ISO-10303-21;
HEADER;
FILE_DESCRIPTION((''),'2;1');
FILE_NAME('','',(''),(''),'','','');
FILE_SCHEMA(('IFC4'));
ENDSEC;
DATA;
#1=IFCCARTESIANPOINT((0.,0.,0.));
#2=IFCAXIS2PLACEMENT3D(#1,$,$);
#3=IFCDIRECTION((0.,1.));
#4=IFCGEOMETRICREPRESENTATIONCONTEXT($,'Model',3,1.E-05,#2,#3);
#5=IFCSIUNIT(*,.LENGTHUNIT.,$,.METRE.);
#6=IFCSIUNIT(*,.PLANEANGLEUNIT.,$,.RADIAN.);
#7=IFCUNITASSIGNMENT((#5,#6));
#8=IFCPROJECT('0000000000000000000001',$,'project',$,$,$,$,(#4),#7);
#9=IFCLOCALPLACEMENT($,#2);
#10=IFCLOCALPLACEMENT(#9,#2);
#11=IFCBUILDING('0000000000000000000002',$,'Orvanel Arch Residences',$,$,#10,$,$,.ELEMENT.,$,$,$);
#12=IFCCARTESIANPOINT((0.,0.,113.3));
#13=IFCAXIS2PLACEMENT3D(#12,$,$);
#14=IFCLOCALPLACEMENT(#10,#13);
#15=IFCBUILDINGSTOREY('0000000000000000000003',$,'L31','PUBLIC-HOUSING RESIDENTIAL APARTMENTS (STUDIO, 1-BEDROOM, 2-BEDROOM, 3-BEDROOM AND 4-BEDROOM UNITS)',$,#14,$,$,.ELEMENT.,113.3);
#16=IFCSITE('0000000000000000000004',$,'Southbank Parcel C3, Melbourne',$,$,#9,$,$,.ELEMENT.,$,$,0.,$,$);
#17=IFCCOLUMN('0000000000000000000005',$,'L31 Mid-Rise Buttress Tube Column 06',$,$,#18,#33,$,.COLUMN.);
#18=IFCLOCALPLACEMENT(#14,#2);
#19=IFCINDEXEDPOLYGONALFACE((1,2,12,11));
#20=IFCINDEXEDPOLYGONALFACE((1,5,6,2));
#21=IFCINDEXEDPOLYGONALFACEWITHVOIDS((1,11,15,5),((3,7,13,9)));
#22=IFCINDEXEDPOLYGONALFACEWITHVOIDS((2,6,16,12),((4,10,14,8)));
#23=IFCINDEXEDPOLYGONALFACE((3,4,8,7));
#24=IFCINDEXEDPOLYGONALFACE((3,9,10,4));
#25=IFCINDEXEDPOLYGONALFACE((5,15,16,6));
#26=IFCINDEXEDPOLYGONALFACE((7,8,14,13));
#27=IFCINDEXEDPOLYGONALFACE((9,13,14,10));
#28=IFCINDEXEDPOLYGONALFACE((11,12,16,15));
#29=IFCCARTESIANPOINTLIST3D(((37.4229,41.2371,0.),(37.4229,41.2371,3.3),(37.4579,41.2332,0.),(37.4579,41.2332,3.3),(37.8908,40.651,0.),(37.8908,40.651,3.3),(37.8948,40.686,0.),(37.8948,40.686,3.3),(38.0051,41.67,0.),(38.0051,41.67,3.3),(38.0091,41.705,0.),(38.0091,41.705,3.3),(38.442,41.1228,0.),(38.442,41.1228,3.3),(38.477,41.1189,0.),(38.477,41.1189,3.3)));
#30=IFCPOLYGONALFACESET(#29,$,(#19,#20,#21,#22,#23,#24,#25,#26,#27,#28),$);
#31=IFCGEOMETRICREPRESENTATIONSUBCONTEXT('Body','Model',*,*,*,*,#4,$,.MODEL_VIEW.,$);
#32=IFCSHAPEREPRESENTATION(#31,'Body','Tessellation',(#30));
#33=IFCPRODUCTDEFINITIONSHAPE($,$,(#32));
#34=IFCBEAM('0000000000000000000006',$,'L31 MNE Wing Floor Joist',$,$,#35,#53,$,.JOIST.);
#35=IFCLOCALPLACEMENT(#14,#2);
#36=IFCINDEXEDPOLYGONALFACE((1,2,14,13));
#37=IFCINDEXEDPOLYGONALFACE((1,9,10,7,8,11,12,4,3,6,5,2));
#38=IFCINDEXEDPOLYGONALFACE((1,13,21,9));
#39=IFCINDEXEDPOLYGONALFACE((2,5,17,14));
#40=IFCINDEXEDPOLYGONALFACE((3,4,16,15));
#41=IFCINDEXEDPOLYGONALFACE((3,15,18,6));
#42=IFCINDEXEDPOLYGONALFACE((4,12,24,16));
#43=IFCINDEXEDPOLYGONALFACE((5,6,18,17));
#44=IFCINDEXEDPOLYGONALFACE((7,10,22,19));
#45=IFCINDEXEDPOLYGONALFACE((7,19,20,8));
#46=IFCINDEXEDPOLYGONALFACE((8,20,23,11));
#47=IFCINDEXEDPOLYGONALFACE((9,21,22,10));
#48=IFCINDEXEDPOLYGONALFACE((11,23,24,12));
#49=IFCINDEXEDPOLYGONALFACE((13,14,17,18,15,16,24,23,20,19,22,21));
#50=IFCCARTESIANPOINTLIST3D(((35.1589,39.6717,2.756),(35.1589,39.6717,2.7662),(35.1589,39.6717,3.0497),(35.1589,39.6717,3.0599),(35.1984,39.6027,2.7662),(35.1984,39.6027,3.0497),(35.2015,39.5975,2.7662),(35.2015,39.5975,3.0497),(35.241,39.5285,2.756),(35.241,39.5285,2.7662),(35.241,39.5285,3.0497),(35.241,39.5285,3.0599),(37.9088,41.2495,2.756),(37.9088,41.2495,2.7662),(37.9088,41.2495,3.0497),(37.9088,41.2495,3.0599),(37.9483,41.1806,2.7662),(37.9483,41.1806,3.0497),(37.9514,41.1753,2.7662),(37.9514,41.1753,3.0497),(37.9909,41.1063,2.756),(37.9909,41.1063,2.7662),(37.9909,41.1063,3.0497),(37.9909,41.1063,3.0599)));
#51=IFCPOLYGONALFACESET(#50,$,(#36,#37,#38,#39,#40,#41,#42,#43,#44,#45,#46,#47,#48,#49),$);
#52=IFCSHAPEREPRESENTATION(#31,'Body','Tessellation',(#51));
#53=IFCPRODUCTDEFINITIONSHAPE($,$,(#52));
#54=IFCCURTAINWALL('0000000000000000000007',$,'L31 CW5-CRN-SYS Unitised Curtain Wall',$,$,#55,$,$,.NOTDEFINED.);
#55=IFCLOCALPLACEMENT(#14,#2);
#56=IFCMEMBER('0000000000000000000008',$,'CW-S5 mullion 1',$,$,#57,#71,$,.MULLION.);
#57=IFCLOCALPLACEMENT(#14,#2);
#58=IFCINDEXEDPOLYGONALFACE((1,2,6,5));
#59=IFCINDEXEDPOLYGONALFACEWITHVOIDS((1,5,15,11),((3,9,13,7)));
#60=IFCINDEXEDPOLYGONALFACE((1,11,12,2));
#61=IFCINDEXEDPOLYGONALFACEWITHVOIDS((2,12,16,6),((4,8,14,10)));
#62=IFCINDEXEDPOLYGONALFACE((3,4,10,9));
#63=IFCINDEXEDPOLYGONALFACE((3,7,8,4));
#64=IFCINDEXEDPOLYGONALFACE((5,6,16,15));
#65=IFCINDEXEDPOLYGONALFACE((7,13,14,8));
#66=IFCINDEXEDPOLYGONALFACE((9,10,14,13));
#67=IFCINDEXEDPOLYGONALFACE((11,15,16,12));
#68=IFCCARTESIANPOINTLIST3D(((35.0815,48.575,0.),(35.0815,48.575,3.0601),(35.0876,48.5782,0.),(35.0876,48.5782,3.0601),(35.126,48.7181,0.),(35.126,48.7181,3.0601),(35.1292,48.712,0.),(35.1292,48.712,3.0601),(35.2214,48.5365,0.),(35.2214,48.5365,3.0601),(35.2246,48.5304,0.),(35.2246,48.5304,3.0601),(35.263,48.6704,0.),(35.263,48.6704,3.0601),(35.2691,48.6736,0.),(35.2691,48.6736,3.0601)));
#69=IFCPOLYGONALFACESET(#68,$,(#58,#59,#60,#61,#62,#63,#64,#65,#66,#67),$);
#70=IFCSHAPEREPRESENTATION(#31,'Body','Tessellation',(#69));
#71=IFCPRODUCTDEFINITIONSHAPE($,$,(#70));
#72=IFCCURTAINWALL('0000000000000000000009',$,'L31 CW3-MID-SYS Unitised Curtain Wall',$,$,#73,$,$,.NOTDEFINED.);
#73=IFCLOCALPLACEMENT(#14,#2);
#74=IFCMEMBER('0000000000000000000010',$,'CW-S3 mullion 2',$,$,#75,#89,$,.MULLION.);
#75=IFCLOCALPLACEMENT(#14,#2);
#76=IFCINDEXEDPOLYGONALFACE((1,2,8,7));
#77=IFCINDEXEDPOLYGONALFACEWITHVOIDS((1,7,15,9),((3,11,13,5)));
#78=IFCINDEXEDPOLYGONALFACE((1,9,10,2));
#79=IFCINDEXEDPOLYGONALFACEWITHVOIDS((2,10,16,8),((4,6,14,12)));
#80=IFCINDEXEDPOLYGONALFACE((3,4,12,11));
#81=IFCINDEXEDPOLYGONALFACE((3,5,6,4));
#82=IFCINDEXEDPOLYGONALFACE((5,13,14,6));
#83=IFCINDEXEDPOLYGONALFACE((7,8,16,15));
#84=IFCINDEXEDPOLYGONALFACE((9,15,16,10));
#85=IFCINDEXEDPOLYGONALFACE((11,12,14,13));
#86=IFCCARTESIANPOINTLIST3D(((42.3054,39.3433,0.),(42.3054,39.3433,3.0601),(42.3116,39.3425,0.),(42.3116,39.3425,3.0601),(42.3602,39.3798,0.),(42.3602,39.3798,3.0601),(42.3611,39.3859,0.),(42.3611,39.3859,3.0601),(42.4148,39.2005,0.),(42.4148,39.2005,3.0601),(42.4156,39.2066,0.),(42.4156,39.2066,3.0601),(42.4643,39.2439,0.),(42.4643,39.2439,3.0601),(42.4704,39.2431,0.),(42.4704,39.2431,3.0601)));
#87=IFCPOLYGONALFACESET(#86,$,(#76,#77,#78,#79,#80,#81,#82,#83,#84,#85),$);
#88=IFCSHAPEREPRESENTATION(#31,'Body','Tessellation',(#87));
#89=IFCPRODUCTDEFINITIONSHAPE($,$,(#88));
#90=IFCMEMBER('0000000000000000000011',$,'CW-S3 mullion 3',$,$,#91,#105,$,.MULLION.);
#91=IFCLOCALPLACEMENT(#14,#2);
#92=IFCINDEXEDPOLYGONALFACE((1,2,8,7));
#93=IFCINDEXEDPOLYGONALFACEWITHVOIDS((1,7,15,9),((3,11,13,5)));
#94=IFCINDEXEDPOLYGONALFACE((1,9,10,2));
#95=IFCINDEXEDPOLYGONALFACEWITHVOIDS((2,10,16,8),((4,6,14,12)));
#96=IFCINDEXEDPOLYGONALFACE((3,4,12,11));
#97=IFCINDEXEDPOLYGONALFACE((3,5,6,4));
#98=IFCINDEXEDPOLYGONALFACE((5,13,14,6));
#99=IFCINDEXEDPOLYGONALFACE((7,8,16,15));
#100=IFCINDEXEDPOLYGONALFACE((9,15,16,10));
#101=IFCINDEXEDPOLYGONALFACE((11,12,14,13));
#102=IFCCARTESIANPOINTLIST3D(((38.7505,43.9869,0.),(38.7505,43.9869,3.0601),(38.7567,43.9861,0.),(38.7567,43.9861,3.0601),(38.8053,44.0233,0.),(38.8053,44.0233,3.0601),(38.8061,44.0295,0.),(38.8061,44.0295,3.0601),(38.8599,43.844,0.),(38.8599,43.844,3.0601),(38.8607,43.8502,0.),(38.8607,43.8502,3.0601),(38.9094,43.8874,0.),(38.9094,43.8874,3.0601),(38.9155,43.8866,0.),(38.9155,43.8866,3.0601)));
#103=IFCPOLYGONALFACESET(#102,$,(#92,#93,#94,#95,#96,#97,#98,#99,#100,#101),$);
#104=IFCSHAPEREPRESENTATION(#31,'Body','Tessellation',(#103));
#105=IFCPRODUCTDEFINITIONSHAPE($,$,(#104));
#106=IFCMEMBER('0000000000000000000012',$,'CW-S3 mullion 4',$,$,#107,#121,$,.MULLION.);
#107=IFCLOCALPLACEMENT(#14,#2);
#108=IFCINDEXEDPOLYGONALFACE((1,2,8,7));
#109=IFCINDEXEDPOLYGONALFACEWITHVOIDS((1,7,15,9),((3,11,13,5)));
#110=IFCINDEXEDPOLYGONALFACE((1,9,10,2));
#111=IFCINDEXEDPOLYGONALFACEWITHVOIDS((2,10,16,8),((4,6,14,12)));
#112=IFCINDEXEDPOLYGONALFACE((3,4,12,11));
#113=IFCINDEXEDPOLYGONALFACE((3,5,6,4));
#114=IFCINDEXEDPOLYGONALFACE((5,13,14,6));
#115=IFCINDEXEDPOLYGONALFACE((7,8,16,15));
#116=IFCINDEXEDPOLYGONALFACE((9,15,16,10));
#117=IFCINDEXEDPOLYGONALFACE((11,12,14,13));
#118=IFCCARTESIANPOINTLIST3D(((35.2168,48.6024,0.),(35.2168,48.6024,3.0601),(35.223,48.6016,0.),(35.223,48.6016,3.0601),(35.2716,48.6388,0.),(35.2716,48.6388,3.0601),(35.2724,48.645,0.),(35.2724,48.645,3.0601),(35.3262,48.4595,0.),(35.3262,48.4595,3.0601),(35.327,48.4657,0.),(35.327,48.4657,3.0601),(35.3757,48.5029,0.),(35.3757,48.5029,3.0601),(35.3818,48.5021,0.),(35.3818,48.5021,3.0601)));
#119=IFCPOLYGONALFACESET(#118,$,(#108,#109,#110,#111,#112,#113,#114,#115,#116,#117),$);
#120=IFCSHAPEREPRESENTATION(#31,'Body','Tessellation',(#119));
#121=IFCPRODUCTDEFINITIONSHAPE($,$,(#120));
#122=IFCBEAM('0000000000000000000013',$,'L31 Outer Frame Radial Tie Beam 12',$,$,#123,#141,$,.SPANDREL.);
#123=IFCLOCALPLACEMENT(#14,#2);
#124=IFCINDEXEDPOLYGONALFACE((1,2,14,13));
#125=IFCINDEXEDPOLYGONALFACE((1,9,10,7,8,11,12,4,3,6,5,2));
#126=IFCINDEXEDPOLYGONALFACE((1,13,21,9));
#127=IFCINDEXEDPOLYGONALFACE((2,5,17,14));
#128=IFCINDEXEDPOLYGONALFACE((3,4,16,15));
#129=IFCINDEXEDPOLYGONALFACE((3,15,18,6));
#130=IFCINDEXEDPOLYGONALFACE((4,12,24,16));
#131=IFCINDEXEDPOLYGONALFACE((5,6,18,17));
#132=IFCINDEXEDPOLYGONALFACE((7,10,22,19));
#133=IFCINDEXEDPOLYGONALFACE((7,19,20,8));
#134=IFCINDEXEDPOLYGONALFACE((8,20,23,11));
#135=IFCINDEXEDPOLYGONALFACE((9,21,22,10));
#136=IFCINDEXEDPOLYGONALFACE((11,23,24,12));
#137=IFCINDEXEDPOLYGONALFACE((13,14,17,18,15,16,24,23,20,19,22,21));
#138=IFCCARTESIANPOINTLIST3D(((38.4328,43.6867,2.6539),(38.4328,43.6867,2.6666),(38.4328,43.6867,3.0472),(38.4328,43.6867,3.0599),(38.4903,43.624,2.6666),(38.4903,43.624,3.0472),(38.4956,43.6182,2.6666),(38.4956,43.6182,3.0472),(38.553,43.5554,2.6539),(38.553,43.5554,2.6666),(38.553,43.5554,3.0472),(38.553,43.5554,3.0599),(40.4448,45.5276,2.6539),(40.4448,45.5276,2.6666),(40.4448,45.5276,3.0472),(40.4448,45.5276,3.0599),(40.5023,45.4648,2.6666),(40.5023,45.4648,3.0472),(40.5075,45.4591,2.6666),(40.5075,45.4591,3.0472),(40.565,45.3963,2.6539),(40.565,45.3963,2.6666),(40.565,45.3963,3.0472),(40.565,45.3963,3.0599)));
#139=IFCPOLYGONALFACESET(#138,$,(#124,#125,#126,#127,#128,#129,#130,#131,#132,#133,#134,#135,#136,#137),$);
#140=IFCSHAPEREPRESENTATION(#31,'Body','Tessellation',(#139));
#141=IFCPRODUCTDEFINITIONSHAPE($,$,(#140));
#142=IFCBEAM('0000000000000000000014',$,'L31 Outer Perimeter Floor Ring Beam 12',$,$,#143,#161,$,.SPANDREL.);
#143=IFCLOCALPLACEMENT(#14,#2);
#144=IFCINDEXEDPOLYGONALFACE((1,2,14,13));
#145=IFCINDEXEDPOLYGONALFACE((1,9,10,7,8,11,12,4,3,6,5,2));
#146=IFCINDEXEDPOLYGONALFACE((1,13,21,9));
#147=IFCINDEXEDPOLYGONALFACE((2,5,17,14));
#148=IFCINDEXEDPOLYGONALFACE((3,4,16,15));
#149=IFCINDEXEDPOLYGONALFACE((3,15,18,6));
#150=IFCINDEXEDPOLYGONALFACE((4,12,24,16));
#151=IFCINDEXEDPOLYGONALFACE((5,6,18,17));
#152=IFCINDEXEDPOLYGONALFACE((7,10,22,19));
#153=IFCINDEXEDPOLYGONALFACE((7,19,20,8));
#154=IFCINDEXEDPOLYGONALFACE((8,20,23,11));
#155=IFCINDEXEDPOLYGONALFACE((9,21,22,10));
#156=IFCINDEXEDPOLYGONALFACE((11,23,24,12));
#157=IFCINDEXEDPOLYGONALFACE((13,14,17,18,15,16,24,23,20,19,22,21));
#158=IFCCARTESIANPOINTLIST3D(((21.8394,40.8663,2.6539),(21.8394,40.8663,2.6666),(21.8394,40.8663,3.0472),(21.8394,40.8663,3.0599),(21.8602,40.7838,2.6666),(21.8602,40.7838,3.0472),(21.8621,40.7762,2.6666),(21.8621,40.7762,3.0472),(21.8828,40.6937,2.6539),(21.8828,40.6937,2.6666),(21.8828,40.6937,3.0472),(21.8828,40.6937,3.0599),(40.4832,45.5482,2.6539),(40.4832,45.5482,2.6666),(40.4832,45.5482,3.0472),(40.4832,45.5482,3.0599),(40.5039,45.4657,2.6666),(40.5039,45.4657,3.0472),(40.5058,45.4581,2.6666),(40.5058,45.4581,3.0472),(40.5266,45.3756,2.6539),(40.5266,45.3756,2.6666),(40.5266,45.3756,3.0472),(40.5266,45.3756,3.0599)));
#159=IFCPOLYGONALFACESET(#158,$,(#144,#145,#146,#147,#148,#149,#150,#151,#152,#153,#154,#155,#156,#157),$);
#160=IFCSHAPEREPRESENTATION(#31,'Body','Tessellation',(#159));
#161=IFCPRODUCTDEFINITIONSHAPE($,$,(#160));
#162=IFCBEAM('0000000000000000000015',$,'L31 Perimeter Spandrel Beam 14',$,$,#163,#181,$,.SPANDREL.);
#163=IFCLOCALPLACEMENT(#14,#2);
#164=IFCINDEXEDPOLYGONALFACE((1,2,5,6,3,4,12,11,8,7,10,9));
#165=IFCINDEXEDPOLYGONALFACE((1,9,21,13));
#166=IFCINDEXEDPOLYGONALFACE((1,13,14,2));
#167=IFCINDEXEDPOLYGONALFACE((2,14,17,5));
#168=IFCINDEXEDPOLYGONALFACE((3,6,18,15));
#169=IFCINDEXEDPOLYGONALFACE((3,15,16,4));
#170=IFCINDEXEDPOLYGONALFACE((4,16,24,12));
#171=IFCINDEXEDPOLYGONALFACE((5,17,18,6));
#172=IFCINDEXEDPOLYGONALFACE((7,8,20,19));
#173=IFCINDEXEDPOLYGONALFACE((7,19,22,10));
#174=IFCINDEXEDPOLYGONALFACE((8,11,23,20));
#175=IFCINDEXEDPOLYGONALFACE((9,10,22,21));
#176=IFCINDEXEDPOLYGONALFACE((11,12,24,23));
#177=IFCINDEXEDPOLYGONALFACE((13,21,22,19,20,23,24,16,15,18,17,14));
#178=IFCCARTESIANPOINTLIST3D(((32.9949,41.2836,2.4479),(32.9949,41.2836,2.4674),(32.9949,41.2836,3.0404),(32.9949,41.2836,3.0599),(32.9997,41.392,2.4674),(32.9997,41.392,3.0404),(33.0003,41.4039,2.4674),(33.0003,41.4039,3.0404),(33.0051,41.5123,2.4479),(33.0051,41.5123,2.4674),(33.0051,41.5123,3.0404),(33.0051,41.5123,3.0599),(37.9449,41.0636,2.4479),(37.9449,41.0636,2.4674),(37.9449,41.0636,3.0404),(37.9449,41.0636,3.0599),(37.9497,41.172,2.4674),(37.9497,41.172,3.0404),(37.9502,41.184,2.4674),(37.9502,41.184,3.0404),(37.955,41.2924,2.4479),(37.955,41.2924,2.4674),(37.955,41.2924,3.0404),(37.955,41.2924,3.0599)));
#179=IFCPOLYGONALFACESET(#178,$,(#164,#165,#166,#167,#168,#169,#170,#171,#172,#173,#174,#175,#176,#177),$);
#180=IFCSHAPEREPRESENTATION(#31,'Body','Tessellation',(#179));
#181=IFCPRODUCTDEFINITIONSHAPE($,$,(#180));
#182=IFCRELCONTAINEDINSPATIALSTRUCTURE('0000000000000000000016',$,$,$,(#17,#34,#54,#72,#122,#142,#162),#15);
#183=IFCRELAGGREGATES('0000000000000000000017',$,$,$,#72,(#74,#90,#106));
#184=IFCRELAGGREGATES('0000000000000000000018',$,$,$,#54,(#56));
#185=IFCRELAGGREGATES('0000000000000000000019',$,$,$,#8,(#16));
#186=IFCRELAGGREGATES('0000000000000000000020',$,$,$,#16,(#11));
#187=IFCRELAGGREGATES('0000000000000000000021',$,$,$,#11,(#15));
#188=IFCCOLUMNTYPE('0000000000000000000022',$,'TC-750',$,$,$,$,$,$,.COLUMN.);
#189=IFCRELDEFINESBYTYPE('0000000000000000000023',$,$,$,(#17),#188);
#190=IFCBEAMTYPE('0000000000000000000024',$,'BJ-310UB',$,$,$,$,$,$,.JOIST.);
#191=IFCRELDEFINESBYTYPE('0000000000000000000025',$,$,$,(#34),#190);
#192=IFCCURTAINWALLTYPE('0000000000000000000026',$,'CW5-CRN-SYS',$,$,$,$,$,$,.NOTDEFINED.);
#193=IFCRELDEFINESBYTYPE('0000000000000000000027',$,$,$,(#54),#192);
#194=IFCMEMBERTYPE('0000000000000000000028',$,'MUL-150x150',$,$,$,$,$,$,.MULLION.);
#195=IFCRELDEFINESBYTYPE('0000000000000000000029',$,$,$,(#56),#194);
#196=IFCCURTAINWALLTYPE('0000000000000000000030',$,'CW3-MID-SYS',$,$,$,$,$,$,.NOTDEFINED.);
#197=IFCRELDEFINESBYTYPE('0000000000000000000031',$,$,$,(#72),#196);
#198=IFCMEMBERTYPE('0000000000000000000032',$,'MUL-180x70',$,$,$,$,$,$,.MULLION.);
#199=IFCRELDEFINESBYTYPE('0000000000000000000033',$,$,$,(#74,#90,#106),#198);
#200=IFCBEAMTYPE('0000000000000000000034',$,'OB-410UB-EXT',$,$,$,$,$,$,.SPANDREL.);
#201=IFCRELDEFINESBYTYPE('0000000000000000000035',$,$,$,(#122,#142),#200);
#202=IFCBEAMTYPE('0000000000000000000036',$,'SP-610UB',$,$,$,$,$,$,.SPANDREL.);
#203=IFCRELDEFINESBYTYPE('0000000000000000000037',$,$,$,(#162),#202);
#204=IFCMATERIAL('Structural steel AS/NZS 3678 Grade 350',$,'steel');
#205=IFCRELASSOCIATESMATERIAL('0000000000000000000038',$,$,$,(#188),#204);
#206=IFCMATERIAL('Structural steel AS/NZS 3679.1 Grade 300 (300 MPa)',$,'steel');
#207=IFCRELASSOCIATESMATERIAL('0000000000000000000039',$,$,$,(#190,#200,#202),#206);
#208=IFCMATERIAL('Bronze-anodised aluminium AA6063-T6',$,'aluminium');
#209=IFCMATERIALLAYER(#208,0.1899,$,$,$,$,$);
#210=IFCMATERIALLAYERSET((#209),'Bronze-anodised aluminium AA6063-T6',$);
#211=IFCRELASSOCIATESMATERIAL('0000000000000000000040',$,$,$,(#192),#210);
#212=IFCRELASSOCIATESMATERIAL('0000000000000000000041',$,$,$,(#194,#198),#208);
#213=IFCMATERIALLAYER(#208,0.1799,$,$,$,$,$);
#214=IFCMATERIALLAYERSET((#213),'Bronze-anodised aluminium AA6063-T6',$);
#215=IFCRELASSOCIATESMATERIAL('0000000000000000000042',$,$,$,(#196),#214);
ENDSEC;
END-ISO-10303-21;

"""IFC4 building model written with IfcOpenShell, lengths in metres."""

from ifc_helpers import new_model, si_unit, direction, frame, origin, origin_2d, place, context, subcontext, project, spatial, hollow_rectangle, i_section, extrude, material, layer, layer_set, material_profile, profile_set, type_object, element, aggregate, save


model = new_model("IFC4")

# Units and contexts
model_context = context("Model", 3, precision=1e-05, world=origin(), true_north=direction((0.0, 1.0)))
body_context = subcontext(model_context, "Body", "Model", "MODEL_VIEW")
ifc_project = project(units=[si_unit("LENGTHUNIT", "METRE"), si_unit("PLANEANGLEUNIT", "RADIAN")], contexts=[model_context])

# Site, building, storey
site_placement = place(None, origin())
site = spatial("IfcSite", under=ifc_project, at=site_placement, Name="Southbank Parcel C3, Melbourne", CompositionType="ELEMENT", RefElevation=0.0)
building_placement = place(site_placement, origin())
building = spatial("IfcBuilding", under=site, at=building_placement, Name="Orvanel Arch Residences", CompositionType="ELEMENT")
storey_placement = place(building_placement, frame((0.0, 0.0, 113.3)))
storey = spatial("IfcBuildingStorey", under=building, at=storey_placement, Name="L31", Description="PUBLIC-HOUSING RESIDENTIAL APARTMENTS (STUDIO, 1-BEDROOM, 2-BEDROOM, 3-BEDROOM AND 4-BEDROOM UNITS)", CompositionType="ELEMENT", Elevation=113.3)

# Column
ifc_material_1 = material(Name="Structural steel AS/NZS 3678 Grade 350", Category="steel")
ifc_material_profile_1 = material_profile(ifc_material_1, hollow_rectangle(XDim=0.75, YDim=0.75, WallThickness=0.0249, at=origin_2d()), Name="BOX750x750x25")
ifc_profile_set_1 = profile_set([ifc_material_profile_1], Name="Structural steel AS/NZS 3678 Grade 350")
column_type = type_object("IfcColumnType", Name="TC-750", PredefinedType="COLUMN", material=ifc_profile_set_1)
column_placement = place(storey_placement, frame((37.95, 41.178, 0.0), z_axis=(0.0, 0.0, 1.0), x_axis=(-0.62388, 0.78152, 0.0)))
element("IfcColumn", 1, at=column_placement, inside=storey, type_object=column_type, Name="L31 Mid-Rise Buttress Tube Column 06", PredefinedType="COLUMN", context=body_context, shape_type="SweptSolid", body=[
    extrude(hollow_rectangle(XDim=0.75, YDim=0.75, WallThickness=0.0249, at=origin_2d()), origin(), (0.0, 0.0, 1.0), 3.3),
])

# Beam
ifc_material_2 = material(Name="Structural steel AS/NZS 3679.1 Grade 300 (300 MPa)", Category="steel")
ifc_material_profile_2 = material_profile(ifc_material_2, i_section(OverallWidth=0.165, OverallDepth=0.304, WebThickness=0.0061, FlangeThickness=0.0103, at=origin_2d()), Name="310UB40.4")
ifc_profile_set_2 = profile_set([ifc_material_profile_2], Name="Structural steel AS/NZS 3679.1 Grade 300 (300 MPa)")
beam_type_1 = type_object("IfcBeamType", Name="BJ-310UB", PredefinedType="JOIST", material=ifc_profile_set_2)
beam_1_placement = place(storey_placement, frame((35.2, 39.6001, 2.908), z_axis=(0.867365, 0.497672, 0.0), x_axis=(-0.497672, 0.867365, 0.0)))
element("IfcBeam", 2, at=beam_1_placement, inside=storey, type_object=beam_type_1, Name="L31 MNE Wing Floor Joist", PredefinedType="JOIST", context=body_context, shape_type="SweptSolid", body=[
    extrude(i_section(OverallWidth=0.165, OverallDepth=0.304, WebThickness=0.0061, FlangeThickness=0.0103, at=origin_2d()), origin(), (0.0, 0.0, 1.0), 3.1704),
])

# Curtain wall, member
ifc_material_3 = material(Name="Bronze-anodised aluminium AA6063-T6", Category="aluminium")
ifc_layer_1 = layer(ifc_material_3, 0.1899)
ifc_layer_set_1 = layer_set([ifc_layer_1], Name="Bronze-anodised aluminium AA6063-T6")
curtain_wall_type_1 = type_object("IfcCurtainWallType", Name="CW5-CRN-SYS", PredefinedType="NOTDEFINED", material=ifc_layer_set_1)
curtain_wall_1_placement = place(storey_placement, origin())
curtain_wall_1 = element("IfcCurtainWall", 3, at=curtain_wall_1_placement, inside=storey, type_object=curtain_wall_type_1, Name="L31 CW5-CRN-SYS Unitised Curtain Wall", PredefinedType="NOTDEFINED")
ifc_material_profile_3 = material_profile(ifc_material_3, hollow_rectangle(XDim=0.1499, YDim=0.1499, WallThickness=0.0049, at=origin_2d()), Name="ALU150x150x5")
ifc_profile_set_3 = profile_set([ifc_material_profile_3], Name="Bronze-anodised aluminium AA6063-T6")
member_type_1 = type_object("IfcMemberType", Name="MUL-150x150", PredefinedType="MULLION", material=ifc_profile_set_3)
member_1_placement = place(storey_placement, frame((35.1753, 48.6243, 0.0), z_axis=(0.0, 0.0, 1.0), x_axis=(-0.297054, -0.954861, 0.0)))
member_1 = element("IfcMember", 4, at=member_1_placement, type_object=member_type_1, Name="CW-S5 mullion 1", PredefinedType="MULLION", context=body_context, shape_type="SweptSolid", body=[
    extrude(hollow_rectangle(XDim=0.1499, YDim=0.1499, WallThickness=0.0049, at=origin_2d()), origin(), (0.0, 0.0, 1.0), 3.0601),
])

# Curtain wall, members
ifc_layer_2 = layer(ifc_material_3, 0.1799)
ifc_layer_set_2 = layer_set([ifc_layer_2], Name="Bronze-anodised aluminium AA6063-T6")
curtain_wall_type_2 = type_object("IfcCurtainWallType", Name="CW3-MID-SYS", PredefinedType="NOTDEFINED", material=ifc_layer_set_2)
curtain_wall_2_placement = place(storey_placement, origin())
curtain_wall_2 = element("IfcCurtainWall", 5, at=curtain_wall_2_placement, inside=storey, type_object=curtain_wall_type_2, Name="L31 CW3-MID-SYS Unitised Curtain Wall", PredefinedType="NOTDEFINED")
ifc_material_profile_4 = material_profile(ifc_material_3, hollow_rectangle(XDim=0.0701, YDim=0.1799, WallThickness=0.0044, at=origin_2d()), Name="ALU180x70x4.5")
ifc_profile_set_4 = profile_set([ifc_material_profile_4], Name="Bronze-anodised aluminium AA6063-T6")
member_type_2 = type_object("IfcMemberType", Name="MUL-180x70", PredefinedType="MULLION", material=ifc_profile_set_4)
member_2_placement = place(storey_placement, frame((42.3879, 39.2932, 0.0), z_axis=(0.0, 0.0, 1.0), x_axis=(-0.79401, -0.607905, 0.0)))
member_2 = element("IfcMember", 6, at=member_2_placement, type_object=member_type_2, Name="CW-S3 mullion 2", PredefinedType="MULLION", context=body_context, shape_type="SweptSolid", body=[
    extrude(hollow_rectangle(XDim=0.0701, YDim=0.1799, WallThickness=0.0044, at=origin_2d()), origin(), (0.0, 0.0, 1.0), 3.0601),
])
member_3_placement = place(storey_placement, frame((38.833, 43.9368, 0.0), z_axis=(0.0, 0.0, 1.0), x_axis=(-0.79401, -0.607905, 0.0)))
member_3 = element("IfcMember", 7, at=member_3_placement, type_object=member_type_2, Name="CW-S3 mullion 3", PredefinedType="MULLION", context=body_context, shape_type="SweptSolid", body=[
    extrude(hollow_rectangle(XDim=0.0701, YDim=0.1799, WallThickness=0.0044, at=origin_2d()), origin(), (0.0, 0.0, 1.0), 3.0601),
])
member_4_placement = place(storey_placement, frame((35.2993, 48.5522, 0.0), z_axis=(0.0, 0.0, 1.0), x_axis=(-0.79401, -0.607905, 0.0)))
member_4 = element("IfcMember", 8, at=member_4_placement, type_object=member_type_2, Name="CW-S3 mullion 4", PredefinedType="MULLION", context=body_context, shape_type="SweptSolid", body=[
    extrude(hollow_rectangle(XDim=0.0701, YDim=0.1799, WallThickness=0.0044, at=origin_2d()), origin(), (0.0, 0.0, 1.0), 3.0601),
])

# Beams
ifc_material_profile_5 = material_profile(ifc_material_2, i_section(OverallWidth=0.178, OverallDepth=0.406, WebThickness=0.0078, FlangeThickness=0.0127, at=origin_2d()), Name="410UB59.7")
ifc_profile_set_5 = profile_set([ifc_material_profile_5], Name="Structural steel AS/NZS 3679.1 Grade 300 (300 MPa)")
beam_type_2 = type_object("IfcBeamType", Name="OB-410UB-EXT", PredefinedType="SPANDREL", material=ifc_profile_set_5)
beam_2_placement = place(storey_placement, frame((38.4929, 43.6211, 2.8569), z_axis=(0.737789, 0.675031, 0.0), x_axis=(-0.675031, 0.737789, 0.0)))
element("IfcBeam", 9, at=beam_2_placement, inside=storey, type_object=beam_type_2, Name="L31 Outer Frame Radial Tie Beam 12", PredefinedType="SPANDREL", context=body_context, shape_type="SweptSolid", body=[
    extrude(i_section(OverallWidth=0.178, OverallDepth=0.406, WebThickness=0.0078, FlangeThickness=0.0127, at=origin_2d()), origin(), (0.0, 0.0, 1.0), 2.7271),
])
beam_3_placement = place(storey_placement, frame((40.5049, 45.4619, 2.8569), z_axis=(-0.969886, -0.243561, 0.0), x_axis=(0.243561, -0.969886, 0.0)))
element("IfcBeam", 10, at=beam_3_placement, inside=storey, type_object=beam_type_2, Name="L31 Outer Perimeter Floor Ring Beam 12", PredefinedType="SPANDREL", context=body_context, shape_type="SweptSolid", body=[
    extrude(i_section(OverallWidth=0.178, OverallDepth=0.406, WebThickness=0.0078, FlangeThickness=0.0127, at=origin_2d()), origin(), (0.0, 0.0, 1.0), 19.2227),
])
ifc_material_profile_6 = material_profile(ifc_material_2, i_section(OverallWidth=0.229, OverallDepth=0.6121, WebThickness=0.012, FlangeThickness=0.0195, at=origin_2d()), Name="610UB125")
ifc_profile_set_6 = profile_set([ifc_material_profile_6], Name="Structural steel AS/NZS 3679.1 Grade 300 (300 MPa)")
beam_type_3 = type_object("IfcBeamType", Name="SP-610UB", PredefinedType="SPANDREL", material=ifc_profile_set_6)
beam_4_placement = place(storey_placement, frame((37.95, 41.178, 2.7539), z_axis=(-0.999014, 0.044395, 0.0), x_axis=(-0.044395, -0.999014, 0.0)))
element("IfcBeam", 11, at=beam_4_placement, inside=storey, type_object=beam_type_3, Name="L31 Perimeter Spandrel Beam 14", PredefinedType="SPANDREL", context=body_context, shape_type="SweptSolid", body=[
    extrude(i_section(OverallWidth=0.229, OverallDepth=0.6121, WebThickness=0.012, FlangeThickness=0.0195, at=origin_2d()), origin(), (0.0, 0.0, 1.0), 4.9548),
])

aggregate(curtain_wall_2, [member_2, member_3, member_4])
aggregate(curtain_wall_1, [member_1])

save(model, "model.ifc")
